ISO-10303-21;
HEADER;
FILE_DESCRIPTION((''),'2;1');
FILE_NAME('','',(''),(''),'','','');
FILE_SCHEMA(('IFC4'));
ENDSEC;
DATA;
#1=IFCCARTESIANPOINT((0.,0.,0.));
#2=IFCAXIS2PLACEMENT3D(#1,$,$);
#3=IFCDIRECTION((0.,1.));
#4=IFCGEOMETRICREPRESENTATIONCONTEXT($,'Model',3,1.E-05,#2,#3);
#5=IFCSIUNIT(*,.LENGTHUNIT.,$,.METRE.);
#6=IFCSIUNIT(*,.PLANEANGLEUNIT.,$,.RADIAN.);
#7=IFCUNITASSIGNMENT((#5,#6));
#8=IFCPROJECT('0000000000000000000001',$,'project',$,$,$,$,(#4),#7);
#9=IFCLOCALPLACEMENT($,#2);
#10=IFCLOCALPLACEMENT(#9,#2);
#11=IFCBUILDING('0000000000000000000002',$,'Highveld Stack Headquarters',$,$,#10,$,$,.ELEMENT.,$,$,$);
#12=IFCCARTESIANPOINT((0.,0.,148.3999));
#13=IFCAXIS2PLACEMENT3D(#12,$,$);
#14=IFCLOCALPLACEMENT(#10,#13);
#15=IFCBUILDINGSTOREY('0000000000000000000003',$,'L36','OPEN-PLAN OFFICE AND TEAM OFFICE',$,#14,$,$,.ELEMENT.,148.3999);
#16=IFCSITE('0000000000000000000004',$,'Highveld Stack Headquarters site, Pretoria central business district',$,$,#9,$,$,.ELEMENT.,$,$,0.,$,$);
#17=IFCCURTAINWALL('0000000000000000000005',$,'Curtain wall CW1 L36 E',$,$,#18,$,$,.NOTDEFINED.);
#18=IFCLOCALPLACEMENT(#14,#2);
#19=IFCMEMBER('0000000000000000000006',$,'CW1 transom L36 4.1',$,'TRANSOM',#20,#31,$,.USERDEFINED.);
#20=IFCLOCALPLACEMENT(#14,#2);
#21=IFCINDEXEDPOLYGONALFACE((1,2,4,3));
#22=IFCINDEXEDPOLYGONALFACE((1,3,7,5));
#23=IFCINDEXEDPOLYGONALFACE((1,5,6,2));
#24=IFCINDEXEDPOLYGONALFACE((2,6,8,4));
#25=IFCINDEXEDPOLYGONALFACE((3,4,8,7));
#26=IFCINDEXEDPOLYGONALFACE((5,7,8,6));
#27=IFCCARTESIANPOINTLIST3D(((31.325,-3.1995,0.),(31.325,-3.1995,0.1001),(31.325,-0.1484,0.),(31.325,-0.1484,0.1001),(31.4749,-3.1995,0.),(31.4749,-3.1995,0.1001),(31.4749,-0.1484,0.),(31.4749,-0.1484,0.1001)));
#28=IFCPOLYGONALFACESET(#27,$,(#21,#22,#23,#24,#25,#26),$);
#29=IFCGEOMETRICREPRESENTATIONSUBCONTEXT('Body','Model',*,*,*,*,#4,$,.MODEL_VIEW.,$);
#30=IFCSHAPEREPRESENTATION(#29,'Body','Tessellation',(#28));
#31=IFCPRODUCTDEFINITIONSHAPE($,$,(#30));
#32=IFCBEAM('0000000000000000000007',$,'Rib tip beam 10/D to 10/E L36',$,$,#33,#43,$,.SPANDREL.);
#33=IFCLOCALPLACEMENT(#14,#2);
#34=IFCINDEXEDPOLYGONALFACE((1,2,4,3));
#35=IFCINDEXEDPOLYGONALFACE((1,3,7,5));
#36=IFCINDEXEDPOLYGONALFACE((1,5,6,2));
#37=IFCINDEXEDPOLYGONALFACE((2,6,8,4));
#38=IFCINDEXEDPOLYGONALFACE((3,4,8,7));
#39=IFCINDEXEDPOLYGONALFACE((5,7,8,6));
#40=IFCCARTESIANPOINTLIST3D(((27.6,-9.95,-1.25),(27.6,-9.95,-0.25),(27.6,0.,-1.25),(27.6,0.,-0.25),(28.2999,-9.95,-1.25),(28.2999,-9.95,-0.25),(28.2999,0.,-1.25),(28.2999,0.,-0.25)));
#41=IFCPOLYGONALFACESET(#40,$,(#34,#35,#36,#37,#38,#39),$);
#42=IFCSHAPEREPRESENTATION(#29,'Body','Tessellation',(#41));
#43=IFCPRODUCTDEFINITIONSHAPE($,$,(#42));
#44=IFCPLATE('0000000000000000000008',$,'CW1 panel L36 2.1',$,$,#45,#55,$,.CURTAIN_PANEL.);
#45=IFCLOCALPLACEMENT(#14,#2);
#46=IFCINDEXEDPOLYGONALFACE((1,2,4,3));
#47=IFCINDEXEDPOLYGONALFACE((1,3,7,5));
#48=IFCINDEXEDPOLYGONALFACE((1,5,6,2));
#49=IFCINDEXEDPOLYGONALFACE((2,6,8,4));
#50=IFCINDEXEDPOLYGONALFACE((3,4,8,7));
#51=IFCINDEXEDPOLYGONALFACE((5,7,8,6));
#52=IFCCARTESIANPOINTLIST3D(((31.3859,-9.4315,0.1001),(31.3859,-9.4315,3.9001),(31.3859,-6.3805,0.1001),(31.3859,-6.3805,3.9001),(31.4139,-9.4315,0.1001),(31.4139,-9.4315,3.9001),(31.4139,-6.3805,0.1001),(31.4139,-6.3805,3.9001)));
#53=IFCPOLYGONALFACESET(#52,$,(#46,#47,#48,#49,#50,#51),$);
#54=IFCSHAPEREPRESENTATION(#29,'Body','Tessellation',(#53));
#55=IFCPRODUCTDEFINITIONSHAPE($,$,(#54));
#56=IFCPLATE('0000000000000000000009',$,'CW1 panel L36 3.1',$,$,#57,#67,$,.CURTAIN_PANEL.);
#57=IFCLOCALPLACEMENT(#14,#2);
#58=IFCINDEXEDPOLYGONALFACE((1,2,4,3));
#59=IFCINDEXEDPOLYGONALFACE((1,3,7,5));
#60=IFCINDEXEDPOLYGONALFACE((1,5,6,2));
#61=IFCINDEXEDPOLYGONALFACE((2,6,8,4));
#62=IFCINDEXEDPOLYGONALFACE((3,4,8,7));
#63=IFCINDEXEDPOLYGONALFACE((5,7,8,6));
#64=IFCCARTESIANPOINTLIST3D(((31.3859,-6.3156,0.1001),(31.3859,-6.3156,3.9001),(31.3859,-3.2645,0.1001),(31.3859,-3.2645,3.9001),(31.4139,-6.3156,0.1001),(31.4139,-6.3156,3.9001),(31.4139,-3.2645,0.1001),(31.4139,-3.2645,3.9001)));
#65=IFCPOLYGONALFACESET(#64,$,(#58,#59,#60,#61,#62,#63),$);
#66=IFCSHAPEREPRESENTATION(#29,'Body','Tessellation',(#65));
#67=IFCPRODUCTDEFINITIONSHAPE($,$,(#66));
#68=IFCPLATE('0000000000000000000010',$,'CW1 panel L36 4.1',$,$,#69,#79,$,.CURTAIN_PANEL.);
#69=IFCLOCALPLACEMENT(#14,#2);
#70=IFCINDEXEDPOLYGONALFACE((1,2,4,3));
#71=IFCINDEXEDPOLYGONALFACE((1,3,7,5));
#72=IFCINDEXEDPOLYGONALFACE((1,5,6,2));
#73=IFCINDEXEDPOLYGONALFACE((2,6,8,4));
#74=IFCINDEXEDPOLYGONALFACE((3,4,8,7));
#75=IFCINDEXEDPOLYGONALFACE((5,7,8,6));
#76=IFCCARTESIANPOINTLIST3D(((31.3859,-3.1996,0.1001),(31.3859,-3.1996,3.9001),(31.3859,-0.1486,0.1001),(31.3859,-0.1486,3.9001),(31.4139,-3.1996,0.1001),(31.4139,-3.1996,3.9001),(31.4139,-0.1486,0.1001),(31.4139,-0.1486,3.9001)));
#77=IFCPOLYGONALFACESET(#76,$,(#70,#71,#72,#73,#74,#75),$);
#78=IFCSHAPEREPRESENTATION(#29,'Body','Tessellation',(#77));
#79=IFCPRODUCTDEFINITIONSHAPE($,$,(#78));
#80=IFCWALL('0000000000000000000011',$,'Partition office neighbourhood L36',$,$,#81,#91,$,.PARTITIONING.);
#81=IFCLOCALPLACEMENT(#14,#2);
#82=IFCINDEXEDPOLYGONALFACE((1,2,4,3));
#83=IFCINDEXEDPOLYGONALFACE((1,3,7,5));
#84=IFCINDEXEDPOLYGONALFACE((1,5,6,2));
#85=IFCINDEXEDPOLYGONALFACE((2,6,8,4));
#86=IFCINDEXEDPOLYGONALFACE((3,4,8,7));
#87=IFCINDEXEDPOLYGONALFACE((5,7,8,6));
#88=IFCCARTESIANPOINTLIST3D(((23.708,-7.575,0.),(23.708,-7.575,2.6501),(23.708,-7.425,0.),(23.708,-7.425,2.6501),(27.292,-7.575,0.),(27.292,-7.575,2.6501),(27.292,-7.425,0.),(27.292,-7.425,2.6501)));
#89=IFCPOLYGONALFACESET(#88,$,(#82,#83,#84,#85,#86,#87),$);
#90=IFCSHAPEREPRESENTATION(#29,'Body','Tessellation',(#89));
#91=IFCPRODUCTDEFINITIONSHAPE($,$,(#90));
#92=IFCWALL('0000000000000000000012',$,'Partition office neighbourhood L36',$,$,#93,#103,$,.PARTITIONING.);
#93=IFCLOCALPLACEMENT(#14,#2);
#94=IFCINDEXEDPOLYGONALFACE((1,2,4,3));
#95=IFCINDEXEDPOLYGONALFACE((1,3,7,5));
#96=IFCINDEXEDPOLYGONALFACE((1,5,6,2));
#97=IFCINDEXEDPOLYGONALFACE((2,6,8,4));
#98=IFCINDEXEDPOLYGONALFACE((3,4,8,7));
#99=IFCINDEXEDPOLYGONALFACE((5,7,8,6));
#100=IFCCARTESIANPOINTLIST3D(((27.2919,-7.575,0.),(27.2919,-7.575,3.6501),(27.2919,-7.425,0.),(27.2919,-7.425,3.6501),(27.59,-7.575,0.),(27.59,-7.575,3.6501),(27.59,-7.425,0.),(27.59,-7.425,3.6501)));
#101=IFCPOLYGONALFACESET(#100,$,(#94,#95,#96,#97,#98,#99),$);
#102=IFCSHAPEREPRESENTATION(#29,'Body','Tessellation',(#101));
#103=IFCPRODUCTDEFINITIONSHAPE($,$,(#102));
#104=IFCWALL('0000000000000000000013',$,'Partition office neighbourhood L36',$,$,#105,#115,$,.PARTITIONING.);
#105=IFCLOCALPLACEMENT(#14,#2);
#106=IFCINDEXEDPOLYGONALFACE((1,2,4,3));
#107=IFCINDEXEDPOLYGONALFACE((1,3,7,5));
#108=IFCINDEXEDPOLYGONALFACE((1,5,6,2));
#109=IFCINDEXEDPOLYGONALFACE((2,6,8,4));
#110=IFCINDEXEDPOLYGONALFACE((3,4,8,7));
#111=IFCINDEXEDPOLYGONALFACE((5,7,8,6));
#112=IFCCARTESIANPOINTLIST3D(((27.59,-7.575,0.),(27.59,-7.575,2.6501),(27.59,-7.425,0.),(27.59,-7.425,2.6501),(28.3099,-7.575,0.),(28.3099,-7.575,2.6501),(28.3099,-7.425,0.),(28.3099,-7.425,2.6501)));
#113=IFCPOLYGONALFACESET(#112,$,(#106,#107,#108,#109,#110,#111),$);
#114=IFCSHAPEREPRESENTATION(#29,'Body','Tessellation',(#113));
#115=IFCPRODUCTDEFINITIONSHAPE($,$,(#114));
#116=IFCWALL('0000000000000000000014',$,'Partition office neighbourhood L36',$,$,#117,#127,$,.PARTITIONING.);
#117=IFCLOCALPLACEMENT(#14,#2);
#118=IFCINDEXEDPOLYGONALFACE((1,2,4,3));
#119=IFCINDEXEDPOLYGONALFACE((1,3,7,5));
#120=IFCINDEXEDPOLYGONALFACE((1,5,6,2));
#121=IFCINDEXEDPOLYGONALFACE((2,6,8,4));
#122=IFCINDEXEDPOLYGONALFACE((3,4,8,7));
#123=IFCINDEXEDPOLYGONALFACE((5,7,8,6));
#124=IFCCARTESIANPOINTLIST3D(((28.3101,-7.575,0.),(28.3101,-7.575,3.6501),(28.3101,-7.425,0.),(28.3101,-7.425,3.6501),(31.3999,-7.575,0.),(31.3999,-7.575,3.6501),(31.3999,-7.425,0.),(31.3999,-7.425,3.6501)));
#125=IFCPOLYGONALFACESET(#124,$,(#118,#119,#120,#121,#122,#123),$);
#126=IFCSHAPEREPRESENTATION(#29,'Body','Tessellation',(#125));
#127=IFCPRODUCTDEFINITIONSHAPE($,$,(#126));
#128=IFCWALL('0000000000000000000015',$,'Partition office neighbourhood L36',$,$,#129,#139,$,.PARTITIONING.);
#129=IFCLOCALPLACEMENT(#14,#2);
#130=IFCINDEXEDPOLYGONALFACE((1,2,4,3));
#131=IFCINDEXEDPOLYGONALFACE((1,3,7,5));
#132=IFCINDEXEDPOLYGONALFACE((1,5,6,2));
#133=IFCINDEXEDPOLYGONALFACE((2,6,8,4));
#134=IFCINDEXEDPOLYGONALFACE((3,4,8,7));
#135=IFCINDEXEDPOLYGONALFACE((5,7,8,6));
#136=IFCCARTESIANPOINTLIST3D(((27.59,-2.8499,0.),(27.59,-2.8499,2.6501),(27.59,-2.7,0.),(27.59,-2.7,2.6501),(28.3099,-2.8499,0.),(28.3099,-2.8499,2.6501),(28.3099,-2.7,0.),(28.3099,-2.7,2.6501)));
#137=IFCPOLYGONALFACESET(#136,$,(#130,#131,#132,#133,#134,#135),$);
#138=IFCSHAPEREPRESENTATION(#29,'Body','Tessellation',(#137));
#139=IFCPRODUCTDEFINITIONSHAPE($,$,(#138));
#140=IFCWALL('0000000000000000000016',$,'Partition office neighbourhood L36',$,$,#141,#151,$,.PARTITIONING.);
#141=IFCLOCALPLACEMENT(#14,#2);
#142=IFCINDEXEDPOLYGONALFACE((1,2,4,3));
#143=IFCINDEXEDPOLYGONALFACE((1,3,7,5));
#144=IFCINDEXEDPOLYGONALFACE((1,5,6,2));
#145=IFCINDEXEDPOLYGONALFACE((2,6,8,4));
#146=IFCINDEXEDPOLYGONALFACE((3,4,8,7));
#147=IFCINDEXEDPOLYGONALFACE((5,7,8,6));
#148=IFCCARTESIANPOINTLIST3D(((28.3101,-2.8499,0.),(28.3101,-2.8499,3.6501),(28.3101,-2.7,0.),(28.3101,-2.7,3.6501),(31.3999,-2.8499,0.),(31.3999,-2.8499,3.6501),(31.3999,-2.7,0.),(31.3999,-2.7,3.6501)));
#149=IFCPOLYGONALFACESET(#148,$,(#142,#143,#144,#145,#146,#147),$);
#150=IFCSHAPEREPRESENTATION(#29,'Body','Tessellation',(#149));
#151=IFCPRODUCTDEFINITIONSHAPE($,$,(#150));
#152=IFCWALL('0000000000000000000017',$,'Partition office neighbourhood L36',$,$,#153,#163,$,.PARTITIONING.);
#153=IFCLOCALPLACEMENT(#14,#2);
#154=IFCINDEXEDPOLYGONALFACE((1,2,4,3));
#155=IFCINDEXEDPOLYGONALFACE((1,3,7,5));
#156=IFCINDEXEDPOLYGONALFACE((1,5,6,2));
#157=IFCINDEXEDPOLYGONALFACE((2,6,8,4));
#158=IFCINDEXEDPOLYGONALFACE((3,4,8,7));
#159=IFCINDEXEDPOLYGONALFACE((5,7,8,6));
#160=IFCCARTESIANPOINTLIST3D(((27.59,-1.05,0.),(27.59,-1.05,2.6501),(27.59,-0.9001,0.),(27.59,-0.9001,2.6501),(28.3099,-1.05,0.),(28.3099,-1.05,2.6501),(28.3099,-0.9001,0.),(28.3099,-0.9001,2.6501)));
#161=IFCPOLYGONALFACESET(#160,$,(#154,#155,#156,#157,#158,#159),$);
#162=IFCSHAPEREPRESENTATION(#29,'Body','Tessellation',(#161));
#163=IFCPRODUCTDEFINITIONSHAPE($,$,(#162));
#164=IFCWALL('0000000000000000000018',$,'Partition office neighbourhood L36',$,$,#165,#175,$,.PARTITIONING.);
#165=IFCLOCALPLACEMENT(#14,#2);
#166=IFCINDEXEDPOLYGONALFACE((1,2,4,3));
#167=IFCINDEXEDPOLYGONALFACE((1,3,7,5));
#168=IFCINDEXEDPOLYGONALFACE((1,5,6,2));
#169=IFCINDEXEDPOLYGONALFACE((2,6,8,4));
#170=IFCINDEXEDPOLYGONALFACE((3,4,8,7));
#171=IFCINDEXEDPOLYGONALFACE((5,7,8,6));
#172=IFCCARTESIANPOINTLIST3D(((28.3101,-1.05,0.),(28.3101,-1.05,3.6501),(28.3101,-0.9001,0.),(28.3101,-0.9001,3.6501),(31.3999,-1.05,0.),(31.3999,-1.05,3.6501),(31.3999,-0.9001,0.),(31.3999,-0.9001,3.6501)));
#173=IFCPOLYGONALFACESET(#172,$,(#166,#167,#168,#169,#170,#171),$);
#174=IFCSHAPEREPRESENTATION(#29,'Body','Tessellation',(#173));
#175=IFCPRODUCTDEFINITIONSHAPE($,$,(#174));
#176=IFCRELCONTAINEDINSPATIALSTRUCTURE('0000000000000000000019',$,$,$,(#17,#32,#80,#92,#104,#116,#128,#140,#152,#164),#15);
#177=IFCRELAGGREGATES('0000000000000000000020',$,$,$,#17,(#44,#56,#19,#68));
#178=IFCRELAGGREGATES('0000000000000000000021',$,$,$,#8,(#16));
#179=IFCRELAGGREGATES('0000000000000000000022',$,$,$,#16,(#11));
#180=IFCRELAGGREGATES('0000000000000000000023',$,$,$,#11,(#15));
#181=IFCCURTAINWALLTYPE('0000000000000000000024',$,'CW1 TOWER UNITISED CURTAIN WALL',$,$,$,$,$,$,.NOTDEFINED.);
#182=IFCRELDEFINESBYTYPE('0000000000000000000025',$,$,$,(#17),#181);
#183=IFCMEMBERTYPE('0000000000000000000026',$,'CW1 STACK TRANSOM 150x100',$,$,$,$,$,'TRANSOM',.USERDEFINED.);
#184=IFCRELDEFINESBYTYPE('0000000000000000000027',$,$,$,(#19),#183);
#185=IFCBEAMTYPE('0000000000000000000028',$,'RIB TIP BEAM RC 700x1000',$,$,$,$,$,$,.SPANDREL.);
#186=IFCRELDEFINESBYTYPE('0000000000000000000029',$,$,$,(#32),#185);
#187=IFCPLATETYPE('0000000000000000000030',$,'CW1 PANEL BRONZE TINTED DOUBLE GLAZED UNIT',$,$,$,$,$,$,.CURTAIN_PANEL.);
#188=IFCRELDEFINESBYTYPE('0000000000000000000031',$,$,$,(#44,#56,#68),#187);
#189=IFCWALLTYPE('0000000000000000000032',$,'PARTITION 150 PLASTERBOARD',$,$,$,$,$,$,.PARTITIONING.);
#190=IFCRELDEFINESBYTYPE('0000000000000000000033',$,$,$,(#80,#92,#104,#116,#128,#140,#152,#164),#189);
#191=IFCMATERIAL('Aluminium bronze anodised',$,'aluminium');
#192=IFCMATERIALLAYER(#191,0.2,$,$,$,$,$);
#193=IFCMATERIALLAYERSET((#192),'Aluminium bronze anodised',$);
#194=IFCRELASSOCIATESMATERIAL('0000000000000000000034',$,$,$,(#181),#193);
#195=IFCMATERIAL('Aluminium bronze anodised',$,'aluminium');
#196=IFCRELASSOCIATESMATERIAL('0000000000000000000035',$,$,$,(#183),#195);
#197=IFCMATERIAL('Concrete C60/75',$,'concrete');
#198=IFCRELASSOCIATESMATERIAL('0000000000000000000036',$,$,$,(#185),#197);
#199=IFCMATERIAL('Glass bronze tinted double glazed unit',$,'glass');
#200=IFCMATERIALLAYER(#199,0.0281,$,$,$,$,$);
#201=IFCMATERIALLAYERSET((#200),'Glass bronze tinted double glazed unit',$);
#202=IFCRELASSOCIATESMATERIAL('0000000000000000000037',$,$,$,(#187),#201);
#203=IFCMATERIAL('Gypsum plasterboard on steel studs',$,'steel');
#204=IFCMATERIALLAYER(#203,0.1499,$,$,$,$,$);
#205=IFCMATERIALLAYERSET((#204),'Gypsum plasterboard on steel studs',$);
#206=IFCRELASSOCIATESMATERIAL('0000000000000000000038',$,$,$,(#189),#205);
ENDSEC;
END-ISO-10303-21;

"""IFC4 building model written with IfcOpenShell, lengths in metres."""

from ifc_helpers import new_model, si_unit, direction, frame, frame_2d, origin, origin_2d, place, context, subcontext, project, spatial, rectangle, extrude, material, layer, layer_set, material_profile, profile_set, type_object, element, aggregate, save


model = new_model("IFC4")

# Units and contexts
model_context = context("Model", 3, precision=1e-05, world=origin(), true_north=direction((0.0, 1.0)))
body_context = subcontext(model_context, "Body", "Model", "MODEL_VIEW")
ifc_project = project(units=[si_unit("LENGTHUNIT", "METRE"), si_unit("PLANEANGLEUNIT", "RADIAN")], contexts=[model_context])

# Site, building, storey
site_placement = place(None, origin())
site = spatial("IfcSite", under=ifc_project, at=site_placement, Name="Highveld Stack Headquarters site, Pretoria central business district", CompositionType="ELEMENT", RefElevation=0.0)
building_placement = place(site_placement, origin())
building = spatial("IfcBuilding", under=site, at=building_placement, Name="Highveld Stack Headquarters", CompositionType="ELEMENT")
storey_placement = place(building_placement, frame((0.0, 0.0, 148.3999)))
storey = spatial("IfcBuildingStorey", under=building, at=storey_placement, Name="L36", Description="OPEN-PLAN OFFICE AND TEAM OFFICE", CompositionType="ELEMENT", Elevation=148.3999)

# Curtain wall, member
ifc_material_1 = material(Name="Aluminium bronze anodised", Category="aluminium")
ifc_layer_1 = layer(ifc_material_1, 0.2)
ifc_layer_set_1 = layer_set([ifc_layer_1], Name="Aluminium bronze anodised")
curtain_wall_type = type_object("IfcCurtainWallType", Name="CW1 TOWER UNITISED CURTAIN WALL", PredefinedType="NOTDEFINED", material=ifc_layer_set_1)
curtain_wall_placement = place(storey_placement, origin())
curtain_wall = element("IfcCurtainWall", 1, at=curtain_wall_placement, inside=storey, type_object=curtain_wall_type, Name="Curtain wall CW1 L36 E", PredefinedType="NOTDEFINED")
ifc_material_2 = material(Name="Aluminium bronze anodised", Category="aluminium")
ifc_material_profile_1 = material_profile(ifc_material_2, rectangle(XDim=0.1499, YDim=0.1001, at=origin_2d()), Name="CW1 TRANSOM 150x100")
ifc_profile_set_1 = profile_set([ifc_material_profile_1], Name="Aluminium bronze anodised")
member_type_1 = type_object("IfcMemberType", Name="CW1 STACK TRANSOM 150x100", ElementType="TRANSOM", PredefinedType="USERDEFINED", material=ifc_profile_set_1)
member_1_placement = place(storey_placement, frame((31.3999, -3.1995, 0.05), z_axis=(0.0, 1.0, 0.0), x_axis=(-1.0, 0.0, 0.0)))
member_1 = element("IfcMember", 2, at=member_1_placement, type_object=member_type_1, Name="CW1 transom L36 4.1", ObjectType="TRANSOM", PredefinedType="USERDEFINED", context=body_context, shape_type="SweptSolid", body=[
    extrude(rectangle(XDim=0.1499, YDim=0.1001, at=origin_2d()), origin(), (0.0, 0.0, 1.0), 3.051),
])

# Beam
ifc_material_3 = material(Name="Concrete C60/75", Category="concrete")
ifc_material_profile_2 = material_profile(ifc_material_3, rectangle(XDim=0.7, YDim=1.0, at=origin_2d()), Name="RC 700x1000")
ifc_profile_set_2 = profile_set([ifc_material_profile_2], Name="Concrete C60/75")
beam_type_1 = type_object("IfcBeamType", Name="RIB TIP BEAM RC 700x1000", PredefinedType="SPANDREL", material=ifc_profile_set_2)
beam_1_placement = place(storey_placement, frame((27.95, -9.95, -0.75), z_axis=(0.0, 1.0, 0.0), x_axis=(-1.0, 0.0, 0.0)))
element("IfcBeam", 3, at=beam_1_placement, inside=storey, type_object=beam_type_1, Name="Rib tip beam 10/D to 10/E L36", PredefinedType="SPANDREL", context=body_context, shape_type="SweptSolid", body=[
    extrude(rectangle(XDim=0.7, YDim=1.0, at=origin_2d()), origin(), (0.0, 0.0, 1.0), 9.95),
])

# Plates
ifc_material_4 = material(Name="Glass bronze tinted double glazed unit", Category="glass")
ifc_layer_2 = layer(ifc_material_4, 0.0281)
ifc_layer_set_2 = layer_set([ifc_layer_2], Name="Glass bronze tinted double glazed unit")
plate_type = type_object("IfcPlateType", Name="CW1 PANEL BRONZE TINTED DOUBLE GLAZED UNIT", PredefinedType="CURTAIN_PANEL", material=ifc_layer_set_2)
plate_1_placement = place(storey_placement, frame((31.3999, -7.906, 0.1001), z_axis=(0.0, 0.0, 1.0), x_axis=(0.0, 1.0, 0.0)))
plate_1 = element("IfcPlate", 4, at=plate_1_placement, type_object=plate_type, Name="CW1 panel L36 2.1", PredefinedType="CURTAIN_PANEL", context=body_context, shape_type="SweptSolid", body=[
    extrude(rectangle(XDim=3.051, YDim=0.0281, at=origin_2d()), origin(), (0.0, 0.0, 1.0), 3.8),
])
plate_2_placement = place(storey_placement, frame((31.3999, -4.79, 0.1001), z_axis=(0.0, 0.0, 1.0), x_axis=(0.0, 1.0, 0.0)))
plate_2 = element("IfcPlate", 5, at=plate_2_placement, type_object=plate_type, Name="CW1 panel L36 3.1", PredefinedType="CURTAIN_PANEL", context=body_context, shape_type="SweptSolid", body=[
    extrude(rectangle(XDim=3.051, YDim=0.0281, at=origin_2d()), origin(), (0.0, 0.0, 1.0), 3.8),
])
plate_3_placement = place(storey_placement, frame((31.3999, -1.6741, 0.1001), z_axis=(0.0, 0.0, 1.0), x_axis=(0.0, 1.0, 0.0)))
plate_3 = element("IfcPlate", 6, at=plate_3_placement, type_object=plate_type, Name="CW1 panel L36 4.1", PredefinedType="CURTAIN_PANEL", context=body_context, shape_type="SweptSolid", body=[
    extrude(rectangle(XDim=3.051, YDim=0.0281, at=origin_2d()), origin(), (0.0, 0.0, 1.0), 3.8),
])
aggregate(curtain_wall, [plate_1, plate_2, member_1, plate_3])

# Walls
ifc_material_5 = material(Name="Gypsum plasterboard on steel studs", Category="steel")
ifc_layer_3 = layer(ifc_material_5, 0.1499)
ifc_layer_set_3 = layer_set([ifc_layer_3], Name="Gypsum plasterboard on steel studs")
wall_type = type_object("IfcWallType", Name="PARTITION 150 PLASTERBOARD", PredefinedType="PARTITIONING", material=ifc_layer_set_3)
wall_1_placement = place(storey_placement, frame((23.708, -7.5, 0.0), z_axis=(0.0, 0.0, 1.0), x_axis=(1.0, 0.0, 0.0)))
element("IfcWall", 7, at=wall_1_placement, inside=storey, type_object=wall_type, Name="Partition office neighbourhood L36", PredefinedType="PARTITIONING", context=body_context, shape_type="SweptSolid", body=[
    extrude(rectangle(XDim=3.584, YDim=0.1499, at=frame_2d((1.792, 0.0))), origin(), (0.0, 0.0, 1.0), 2.6501),
])
wall_2_placement = place(storey_placement, frame((27.292, -7.5, 0.0), z_axis=(0.0, 0.0, 1.0), x_axis=(1.0, 0.0, 0.0)))
element("IfcWall", 8, at=wall_2_placement, inside=storey, type_object=wall_type, Name="Partition office neighbourhood L36", PredefinedType="PARTITIONING", context=body_context, shape_type="SweptSolid", body=[
    extrude(rectangle(XDim=0.2981, YDim=0.1499, at=frame_2d((0.1489, 0.0))), origin(), (0.0, 0.0, 1.0), 3.6501),
])
wall_3_placement = place(storey_placement, frame((27.5901, -7.5, 0.0), z_axis=(0.0, 0.0, 1.0), x_axis=(1.0, 0.0, 0.0)))
element("IfcWall", 9, at=wall_3_placement, inside=storey, type_object=wall_type, Name="Partition office neighbourhood L36", PredefinedType="PARTITIONING", context=body_context, shape_type="SweptSolid", body=[
    extrude(rectangle(XDim=0.72, YDim=0.1499, at=frame_2d((0.3599, 0.0))), origin(), (0.0, 0.0, 1.0), 2.6501),
])
wall_4_placement = place(storey_placement, frame((28.3101, -7.5, 0.0), z_axis=(0.0, 0.0, 1.0), x_axis=(1.0, 0.0, 0.0)))
element("IfcWall", 10, at=wall_4_placement, inside=storey, type_object=wall_type, Name="Partition office neighbourhood L36", PredefinedType="PARTITIONING", context=body_context, shape_type="SweptSolid", body=[
    extrude(rectangle(XDim=3.0898, YDim=0.1499, at=frame_2d((1.5449, 0.0))), origin(), (0.0, 0.0, 1.0), 3.6501),
])
wall_5_placement = place(storey_placement, frame((27.5901, -2.7749, 0.0), z_axis=(0.0, 0.0, 1.0), x_axis=(1.0, 0.0, 0.0)))
element("IfcWall", 11, at=wall_5_placement, inside=storey, type_object=wall_type, Name="Partition office neighbourhood L36", PredefinedType="PARTITIONING", context=body_context, shape_type="SweptSolid", body=[
    extrude(rectangle(XDim=0.72, YDim=0.1499, at=frame_2d((0.3599, 0.0))), origin(), (0.0, 0.0, 1.0), 2.6501),
])
wall_6_placement = place(storey_placement, frame((28.3101, -2.7749, 0.0), z_axis=(0.0, 0.0, 1.0), x_axis=(1.0, 0.0, 0.0)))
element("IfcWall", 12, at=wall_6_placement, inside=storey, type_object=wall_type, Name="Partition office neighbourhood L36", PredefinedType="PARTITIONING", context=body_context, shape_type="SweptSolid", body=[
    extrude(rectangle(XDim=3.0898, YDim=0.1499, at=frame_2d((1.5449, 0.0))), origin(), (0.0, 0.0, 1.0), 3.6501),
])
wall_7_placement = place(storey_placement, frame((27.5901, -0.9751, 0.0), z_axis=(0.0, 0.0, 1.0), x_axis=(1.0, 0.0, 0.0)))
element("IfcWall", 13, at=wall_7_placement, inside=storey, type_object=wall_type, Name="Partition office neighbourhood L36", PredefinedType="PARTITIONING", context=body_context, shape_type="SweptSolid", body=[
    extrude(rectangle(XDim=0.72, YDim=0.1499, at=frame_2d((0.3599, 0.0))), origin(), (0.0, 0.0, 1.0), 2.6501),
])
wall_8_placement = place(storey_placement, frame((28.3101, -0.9751, 0.0), z_axis=(0.0, 0.0, 1.0), x_axis=(1.0, 0.0, 0.0)))
element("IfcWall", 14, at=wall_8_placement, inside=storey, type_object=wall_type, Name="Partition office neighbourhood L36", PredefinedType="PARTITIONING", context=body_context, shape_type="SweptSolid", body=[
    extrude(rectangle(XDim=3.0898, YDim=0.1499, at=frame_2d((1.5449, 0.0))), origin(), (0.0, 0.0, 1.0), 3.6501),
])

save(model, "model.ifc")
